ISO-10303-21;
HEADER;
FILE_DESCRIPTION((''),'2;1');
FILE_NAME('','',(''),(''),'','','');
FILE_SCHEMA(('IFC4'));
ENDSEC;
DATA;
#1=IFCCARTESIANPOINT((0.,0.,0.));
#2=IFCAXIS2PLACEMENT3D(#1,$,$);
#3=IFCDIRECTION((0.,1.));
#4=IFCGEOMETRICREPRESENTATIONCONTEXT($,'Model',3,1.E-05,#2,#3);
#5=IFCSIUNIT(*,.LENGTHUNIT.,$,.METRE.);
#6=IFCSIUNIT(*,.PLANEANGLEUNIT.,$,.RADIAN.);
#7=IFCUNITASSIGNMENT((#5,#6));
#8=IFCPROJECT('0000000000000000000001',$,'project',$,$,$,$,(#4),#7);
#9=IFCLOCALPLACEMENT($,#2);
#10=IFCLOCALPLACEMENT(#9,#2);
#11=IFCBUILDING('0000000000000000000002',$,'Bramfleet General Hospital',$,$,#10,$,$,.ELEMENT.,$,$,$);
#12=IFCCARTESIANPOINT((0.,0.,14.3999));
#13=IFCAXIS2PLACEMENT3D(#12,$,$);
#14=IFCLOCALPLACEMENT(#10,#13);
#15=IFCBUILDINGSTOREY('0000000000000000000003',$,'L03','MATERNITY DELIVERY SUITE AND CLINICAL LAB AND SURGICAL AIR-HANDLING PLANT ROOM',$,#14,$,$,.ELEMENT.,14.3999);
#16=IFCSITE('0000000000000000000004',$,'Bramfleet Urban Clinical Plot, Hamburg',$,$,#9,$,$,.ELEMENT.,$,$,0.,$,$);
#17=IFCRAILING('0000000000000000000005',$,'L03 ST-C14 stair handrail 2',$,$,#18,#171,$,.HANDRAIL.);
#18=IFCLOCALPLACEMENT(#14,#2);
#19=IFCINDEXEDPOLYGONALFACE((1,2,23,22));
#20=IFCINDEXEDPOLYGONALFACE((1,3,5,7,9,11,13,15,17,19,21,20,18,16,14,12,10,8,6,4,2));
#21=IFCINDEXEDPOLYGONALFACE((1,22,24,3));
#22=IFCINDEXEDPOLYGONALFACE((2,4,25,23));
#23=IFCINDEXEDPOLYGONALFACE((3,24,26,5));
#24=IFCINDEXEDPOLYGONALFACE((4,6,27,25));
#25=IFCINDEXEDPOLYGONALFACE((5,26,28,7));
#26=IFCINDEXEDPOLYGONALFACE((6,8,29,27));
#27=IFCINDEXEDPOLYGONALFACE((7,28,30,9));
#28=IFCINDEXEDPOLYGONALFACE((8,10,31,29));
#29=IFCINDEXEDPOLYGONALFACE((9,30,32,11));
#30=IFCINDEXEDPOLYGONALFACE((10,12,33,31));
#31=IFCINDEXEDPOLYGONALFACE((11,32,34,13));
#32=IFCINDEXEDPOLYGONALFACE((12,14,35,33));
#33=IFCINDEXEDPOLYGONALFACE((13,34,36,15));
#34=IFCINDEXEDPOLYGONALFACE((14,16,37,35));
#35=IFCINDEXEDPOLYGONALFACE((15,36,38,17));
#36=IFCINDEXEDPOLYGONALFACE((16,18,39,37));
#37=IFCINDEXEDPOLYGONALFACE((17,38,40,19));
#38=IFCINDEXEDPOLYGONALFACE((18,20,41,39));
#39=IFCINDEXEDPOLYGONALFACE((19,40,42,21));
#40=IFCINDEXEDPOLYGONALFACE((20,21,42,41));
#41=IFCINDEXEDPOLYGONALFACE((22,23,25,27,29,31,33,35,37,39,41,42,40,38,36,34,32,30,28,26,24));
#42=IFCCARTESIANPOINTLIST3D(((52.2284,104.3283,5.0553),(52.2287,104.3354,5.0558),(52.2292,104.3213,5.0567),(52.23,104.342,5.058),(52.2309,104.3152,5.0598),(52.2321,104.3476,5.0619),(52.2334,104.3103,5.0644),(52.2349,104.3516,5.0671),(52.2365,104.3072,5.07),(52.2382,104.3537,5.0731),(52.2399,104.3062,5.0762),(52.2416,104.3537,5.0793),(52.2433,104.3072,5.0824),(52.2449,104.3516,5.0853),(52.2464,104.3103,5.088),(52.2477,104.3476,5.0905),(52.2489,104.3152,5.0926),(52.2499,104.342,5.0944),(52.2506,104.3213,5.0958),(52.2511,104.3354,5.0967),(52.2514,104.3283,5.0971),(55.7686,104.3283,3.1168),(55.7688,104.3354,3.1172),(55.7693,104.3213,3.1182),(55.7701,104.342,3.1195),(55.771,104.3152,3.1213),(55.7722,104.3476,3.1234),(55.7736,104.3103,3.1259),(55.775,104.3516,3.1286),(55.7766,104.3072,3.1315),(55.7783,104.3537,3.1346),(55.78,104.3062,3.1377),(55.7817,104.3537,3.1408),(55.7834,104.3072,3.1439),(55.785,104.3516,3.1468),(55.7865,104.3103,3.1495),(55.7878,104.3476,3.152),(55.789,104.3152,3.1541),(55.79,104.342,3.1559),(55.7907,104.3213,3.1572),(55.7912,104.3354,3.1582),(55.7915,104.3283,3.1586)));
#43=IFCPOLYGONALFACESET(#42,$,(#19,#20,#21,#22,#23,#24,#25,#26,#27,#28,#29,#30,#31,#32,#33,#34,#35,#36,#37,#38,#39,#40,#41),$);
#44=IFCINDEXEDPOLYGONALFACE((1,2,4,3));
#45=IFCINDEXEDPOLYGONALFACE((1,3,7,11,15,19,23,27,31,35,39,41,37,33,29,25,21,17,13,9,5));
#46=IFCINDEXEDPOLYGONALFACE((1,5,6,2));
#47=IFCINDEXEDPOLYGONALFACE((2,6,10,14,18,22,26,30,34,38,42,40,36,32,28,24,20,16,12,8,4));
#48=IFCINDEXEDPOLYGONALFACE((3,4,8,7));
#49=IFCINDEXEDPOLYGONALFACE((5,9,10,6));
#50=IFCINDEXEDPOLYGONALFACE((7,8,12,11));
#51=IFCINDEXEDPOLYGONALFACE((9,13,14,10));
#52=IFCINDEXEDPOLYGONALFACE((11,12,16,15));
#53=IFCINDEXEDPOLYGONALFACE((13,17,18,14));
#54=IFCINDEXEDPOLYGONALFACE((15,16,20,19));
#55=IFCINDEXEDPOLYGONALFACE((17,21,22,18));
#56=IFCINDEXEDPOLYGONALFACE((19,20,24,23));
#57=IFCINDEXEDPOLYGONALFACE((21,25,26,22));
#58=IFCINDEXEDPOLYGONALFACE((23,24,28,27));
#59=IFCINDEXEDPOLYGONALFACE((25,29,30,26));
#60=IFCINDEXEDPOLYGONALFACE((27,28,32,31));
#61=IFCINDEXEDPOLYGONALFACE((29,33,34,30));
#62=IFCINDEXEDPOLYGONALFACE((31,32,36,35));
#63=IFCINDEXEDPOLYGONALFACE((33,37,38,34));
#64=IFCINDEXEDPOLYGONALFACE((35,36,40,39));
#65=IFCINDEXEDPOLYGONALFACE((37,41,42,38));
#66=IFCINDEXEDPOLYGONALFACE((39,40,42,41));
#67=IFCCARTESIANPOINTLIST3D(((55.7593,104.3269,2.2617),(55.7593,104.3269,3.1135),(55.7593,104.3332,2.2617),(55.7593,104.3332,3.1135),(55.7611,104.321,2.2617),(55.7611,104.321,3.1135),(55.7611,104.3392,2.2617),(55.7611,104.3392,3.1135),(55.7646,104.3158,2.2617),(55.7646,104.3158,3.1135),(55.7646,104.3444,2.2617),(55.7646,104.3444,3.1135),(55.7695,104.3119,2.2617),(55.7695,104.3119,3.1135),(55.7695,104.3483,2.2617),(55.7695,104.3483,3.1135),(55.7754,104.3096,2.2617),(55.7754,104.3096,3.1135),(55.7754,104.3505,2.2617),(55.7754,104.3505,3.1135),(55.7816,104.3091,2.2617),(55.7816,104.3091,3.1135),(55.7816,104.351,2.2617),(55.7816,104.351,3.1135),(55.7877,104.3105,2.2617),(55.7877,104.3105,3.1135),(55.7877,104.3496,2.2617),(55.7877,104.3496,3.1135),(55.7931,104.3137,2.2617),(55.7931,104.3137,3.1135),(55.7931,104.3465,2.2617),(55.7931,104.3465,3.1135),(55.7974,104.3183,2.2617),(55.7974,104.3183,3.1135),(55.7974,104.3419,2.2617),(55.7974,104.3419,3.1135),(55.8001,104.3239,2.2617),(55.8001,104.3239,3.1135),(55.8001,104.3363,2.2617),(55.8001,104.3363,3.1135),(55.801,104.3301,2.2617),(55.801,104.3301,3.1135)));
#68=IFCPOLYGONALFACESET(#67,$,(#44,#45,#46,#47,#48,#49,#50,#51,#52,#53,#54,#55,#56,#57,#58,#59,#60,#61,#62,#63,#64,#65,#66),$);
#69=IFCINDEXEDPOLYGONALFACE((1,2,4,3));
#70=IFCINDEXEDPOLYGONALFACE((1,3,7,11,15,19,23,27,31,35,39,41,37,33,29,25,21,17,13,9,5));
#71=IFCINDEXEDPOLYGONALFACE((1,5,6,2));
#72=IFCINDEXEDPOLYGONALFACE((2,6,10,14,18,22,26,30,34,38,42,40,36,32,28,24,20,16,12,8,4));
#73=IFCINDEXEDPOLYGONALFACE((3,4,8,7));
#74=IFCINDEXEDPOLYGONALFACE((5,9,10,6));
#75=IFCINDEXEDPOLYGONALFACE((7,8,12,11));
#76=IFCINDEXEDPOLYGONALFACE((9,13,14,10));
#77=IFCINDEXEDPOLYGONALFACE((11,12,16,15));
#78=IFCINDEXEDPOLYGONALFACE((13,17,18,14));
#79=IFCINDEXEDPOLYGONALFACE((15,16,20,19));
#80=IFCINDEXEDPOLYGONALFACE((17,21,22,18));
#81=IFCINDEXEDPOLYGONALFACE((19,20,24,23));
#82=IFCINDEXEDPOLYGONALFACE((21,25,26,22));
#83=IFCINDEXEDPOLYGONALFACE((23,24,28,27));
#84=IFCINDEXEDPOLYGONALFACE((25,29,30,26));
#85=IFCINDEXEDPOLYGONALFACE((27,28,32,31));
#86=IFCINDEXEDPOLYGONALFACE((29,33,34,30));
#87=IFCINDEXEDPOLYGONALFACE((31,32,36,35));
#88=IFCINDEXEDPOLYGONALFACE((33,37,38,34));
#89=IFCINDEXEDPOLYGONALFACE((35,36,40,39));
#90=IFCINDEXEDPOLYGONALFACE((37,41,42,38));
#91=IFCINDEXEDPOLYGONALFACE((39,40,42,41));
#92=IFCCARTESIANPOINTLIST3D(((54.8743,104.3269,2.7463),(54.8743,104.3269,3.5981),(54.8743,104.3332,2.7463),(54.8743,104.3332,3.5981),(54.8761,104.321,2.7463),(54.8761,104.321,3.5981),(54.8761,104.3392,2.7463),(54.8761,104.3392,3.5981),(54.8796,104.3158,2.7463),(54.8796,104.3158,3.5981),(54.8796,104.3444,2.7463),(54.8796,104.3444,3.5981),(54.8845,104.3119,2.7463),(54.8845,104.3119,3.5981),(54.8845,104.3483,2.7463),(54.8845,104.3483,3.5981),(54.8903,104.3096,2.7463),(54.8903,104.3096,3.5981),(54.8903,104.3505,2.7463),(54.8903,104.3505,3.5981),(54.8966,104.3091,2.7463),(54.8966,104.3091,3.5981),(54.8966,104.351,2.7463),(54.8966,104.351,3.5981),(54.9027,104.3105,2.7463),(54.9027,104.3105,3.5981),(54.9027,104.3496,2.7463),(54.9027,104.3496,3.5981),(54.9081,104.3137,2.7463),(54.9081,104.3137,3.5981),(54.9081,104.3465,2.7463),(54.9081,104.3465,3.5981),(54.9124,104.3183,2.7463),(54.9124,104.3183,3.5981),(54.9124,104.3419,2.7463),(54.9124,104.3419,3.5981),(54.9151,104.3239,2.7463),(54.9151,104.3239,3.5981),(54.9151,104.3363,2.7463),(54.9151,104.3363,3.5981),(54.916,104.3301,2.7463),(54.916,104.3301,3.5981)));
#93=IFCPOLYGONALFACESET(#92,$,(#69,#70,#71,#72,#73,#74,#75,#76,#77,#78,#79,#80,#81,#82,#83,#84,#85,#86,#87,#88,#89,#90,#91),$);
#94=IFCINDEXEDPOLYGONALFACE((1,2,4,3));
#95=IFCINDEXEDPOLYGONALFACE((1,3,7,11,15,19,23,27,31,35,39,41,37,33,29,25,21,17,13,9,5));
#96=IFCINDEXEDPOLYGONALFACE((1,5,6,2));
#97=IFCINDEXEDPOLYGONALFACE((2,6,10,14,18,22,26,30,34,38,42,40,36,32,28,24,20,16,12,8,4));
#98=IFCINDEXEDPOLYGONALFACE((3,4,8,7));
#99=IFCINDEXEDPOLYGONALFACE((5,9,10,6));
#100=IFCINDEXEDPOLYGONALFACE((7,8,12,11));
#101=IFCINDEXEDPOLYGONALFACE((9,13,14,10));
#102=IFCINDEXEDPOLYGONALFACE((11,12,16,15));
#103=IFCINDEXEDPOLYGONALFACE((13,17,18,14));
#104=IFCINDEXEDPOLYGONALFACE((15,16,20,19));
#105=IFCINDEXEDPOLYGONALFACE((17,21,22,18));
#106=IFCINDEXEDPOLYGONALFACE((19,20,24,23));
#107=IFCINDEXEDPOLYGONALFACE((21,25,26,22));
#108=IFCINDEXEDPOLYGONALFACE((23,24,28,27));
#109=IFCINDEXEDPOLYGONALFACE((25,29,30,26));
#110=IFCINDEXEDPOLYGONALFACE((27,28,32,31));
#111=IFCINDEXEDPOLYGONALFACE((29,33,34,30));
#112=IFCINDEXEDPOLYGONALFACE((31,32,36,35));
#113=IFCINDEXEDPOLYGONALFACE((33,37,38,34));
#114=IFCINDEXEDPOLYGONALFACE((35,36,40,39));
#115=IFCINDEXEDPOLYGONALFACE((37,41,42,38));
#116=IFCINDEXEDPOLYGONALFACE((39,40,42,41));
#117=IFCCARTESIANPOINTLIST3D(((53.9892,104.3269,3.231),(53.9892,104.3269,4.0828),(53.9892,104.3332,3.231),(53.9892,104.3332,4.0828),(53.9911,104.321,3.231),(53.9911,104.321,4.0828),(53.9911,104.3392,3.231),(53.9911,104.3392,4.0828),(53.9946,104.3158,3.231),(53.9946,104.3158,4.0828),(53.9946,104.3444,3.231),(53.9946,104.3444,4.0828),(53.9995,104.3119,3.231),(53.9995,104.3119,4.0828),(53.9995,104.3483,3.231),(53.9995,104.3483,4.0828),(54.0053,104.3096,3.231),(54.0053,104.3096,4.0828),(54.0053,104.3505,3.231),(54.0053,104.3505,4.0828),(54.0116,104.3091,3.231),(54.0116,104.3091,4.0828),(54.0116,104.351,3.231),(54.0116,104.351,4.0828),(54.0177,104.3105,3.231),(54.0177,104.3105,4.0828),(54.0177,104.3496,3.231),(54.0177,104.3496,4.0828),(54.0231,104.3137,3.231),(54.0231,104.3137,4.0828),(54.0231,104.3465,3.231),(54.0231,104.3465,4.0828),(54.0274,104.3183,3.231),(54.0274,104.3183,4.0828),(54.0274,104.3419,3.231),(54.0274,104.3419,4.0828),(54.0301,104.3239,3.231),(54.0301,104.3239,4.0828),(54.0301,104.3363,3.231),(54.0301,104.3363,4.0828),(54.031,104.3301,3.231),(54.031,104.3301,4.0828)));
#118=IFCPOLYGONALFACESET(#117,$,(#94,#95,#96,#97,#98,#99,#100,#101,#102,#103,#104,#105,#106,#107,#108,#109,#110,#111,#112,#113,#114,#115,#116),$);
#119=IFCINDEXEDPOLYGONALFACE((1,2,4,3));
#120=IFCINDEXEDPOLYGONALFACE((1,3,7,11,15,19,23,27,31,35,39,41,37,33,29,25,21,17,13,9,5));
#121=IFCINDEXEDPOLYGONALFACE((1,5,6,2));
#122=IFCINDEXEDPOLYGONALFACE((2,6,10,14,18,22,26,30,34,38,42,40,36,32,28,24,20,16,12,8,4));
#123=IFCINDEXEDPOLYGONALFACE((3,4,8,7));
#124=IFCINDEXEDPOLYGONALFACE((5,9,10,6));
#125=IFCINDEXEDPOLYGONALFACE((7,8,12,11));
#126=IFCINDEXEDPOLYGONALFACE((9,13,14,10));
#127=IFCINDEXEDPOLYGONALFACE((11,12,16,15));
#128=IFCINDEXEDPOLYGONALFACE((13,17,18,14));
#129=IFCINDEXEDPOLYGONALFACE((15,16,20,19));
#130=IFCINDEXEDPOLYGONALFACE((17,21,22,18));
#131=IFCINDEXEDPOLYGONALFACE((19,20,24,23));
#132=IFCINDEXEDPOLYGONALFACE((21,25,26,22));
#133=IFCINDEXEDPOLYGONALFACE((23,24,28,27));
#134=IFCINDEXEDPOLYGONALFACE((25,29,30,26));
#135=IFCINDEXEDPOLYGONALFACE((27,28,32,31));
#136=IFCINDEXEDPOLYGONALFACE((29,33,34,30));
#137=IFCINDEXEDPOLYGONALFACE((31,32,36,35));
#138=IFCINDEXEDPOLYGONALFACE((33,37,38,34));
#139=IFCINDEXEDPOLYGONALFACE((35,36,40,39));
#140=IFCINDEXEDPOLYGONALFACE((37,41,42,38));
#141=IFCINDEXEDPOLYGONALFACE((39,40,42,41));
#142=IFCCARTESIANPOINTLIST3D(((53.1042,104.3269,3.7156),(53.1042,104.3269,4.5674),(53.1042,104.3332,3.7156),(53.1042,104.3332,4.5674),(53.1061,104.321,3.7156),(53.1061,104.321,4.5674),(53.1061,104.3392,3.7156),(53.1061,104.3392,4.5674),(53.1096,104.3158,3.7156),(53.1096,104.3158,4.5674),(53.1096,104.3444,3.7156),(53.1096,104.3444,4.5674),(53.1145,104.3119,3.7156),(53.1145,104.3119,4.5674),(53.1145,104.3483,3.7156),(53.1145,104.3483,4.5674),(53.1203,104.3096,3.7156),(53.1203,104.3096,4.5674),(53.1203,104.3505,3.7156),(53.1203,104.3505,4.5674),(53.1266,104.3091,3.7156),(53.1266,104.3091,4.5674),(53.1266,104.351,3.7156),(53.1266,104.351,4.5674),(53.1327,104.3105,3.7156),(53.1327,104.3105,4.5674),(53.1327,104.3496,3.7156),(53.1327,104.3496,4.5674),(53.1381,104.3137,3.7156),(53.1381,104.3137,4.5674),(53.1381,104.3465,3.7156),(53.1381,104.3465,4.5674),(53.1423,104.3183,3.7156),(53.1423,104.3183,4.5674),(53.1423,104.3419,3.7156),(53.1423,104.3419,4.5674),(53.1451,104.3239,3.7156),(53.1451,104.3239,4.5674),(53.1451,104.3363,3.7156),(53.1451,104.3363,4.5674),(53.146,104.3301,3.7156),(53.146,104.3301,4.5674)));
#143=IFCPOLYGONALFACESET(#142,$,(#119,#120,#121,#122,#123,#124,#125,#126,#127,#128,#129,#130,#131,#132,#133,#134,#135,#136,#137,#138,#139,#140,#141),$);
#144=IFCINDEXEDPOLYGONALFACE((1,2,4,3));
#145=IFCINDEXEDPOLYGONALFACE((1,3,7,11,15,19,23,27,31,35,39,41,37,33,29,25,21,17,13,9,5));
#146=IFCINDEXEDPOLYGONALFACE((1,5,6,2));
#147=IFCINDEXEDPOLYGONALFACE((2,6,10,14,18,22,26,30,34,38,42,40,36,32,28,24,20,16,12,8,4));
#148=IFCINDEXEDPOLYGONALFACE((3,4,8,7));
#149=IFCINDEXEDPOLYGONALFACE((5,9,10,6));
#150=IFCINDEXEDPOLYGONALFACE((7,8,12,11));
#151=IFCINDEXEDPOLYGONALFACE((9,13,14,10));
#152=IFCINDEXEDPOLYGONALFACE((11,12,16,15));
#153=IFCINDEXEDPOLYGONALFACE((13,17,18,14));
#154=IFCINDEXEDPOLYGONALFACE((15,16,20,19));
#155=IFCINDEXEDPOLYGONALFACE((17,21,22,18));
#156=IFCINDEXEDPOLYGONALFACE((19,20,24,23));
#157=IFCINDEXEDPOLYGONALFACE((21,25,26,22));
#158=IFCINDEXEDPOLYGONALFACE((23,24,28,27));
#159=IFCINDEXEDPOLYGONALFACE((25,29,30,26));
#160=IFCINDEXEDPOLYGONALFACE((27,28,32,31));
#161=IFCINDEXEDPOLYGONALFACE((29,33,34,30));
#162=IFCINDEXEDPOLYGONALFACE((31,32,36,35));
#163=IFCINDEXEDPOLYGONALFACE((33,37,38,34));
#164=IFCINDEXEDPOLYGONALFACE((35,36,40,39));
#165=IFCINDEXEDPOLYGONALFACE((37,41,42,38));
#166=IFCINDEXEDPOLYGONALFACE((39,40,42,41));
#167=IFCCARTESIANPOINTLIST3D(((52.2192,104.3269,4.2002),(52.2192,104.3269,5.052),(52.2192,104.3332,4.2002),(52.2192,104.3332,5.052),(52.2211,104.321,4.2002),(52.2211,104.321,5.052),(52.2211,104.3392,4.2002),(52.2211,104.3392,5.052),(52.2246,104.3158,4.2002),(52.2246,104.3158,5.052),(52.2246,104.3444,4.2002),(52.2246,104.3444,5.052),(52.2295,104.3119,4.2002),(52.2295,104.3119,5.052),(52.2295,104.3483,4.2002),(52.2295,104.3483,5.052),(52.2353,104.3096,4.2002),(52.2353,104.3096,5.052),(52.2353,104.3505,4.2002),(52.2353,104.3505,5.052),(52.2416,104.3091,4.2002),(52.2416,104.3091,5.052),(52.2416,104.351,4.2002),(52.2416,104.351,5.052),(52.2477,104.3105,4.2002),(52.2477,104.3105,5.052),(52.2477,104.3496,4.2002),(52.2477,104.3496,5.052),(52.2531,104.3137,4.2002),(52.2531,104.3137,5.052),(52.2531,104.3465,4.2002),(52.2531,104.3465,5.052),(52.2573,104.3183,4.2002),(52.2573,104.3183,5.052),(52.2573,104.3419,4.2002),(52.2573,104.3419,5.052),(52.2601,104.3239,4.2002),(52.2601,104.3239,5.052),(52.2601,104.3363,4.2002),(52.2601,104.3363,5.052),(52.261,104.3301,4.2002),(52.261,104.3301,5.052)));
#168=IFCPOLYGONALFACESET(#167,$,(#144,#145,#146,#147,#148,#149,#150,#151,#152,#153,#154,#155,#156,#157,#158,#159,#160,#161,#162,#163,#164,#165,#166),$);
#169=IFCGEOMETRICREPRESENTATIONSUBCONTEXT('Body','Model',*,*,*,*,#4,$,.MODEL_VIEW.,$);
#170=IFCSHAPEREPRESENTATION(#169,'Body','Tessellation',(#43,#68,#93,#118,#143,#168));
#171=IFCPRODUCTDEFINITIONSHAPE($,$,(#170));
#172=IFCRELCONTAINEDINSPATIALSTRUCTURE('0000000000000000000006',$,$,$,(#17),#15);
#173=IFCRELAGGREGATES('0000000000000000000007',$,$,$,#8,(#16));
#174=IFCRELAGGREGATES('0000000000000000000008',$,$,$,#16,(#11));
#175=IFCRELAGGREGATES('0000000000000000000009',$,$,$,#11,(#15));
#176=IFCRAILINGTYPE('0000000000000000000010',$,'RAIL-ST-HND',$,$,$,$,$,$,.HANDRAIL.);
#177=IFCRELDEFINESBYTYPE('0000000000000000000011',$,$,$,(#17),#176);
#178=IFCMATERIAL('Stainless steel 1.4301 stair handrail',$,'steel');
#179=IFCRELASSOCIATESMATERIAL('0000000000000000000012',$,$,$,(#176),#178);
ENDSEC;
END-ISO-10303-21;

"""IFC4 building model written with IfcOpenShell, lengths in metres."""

from ifc_helpers import new_model, si_unit, direction, frame, origin, origin_2d, place, context, subcontext, project, spatial, circle, extrude, material, type_object, element, save


model = new_model("IFC4")

# Units and contexts
model_context = context("Model", 3, precision=1e-05, world=origin(), true_north=direction((0.0, 1.0)))
body_context = subcontext(model_context, "Body", "Model", "MODEL_VIEW")
ifc_project = project(units=[si_unit("LENGTHUNIT", "METRE"), si_unit("PLANEANGLEUNIT", "RADIAN")], contexts=[model_context])

# Site, building, storey
site_placement = place(None, origin())
site = spatial("IfcSite", under=ifc_project, at=site_placement, Name="Bramfleet Urban Clinical Plot, Hamburg", CompositionType="ELEMENT", RefElevation=0.0)
building_placement = place(site_placement, origin())
building = spatial("IfcBuilding", under=site, at=building_placement, Name="Bramfleet General Hospital", CompositionType="ELEMENT")
storey_placement = place(building_placement, frame((0.0, 0.0, 14.3999)))
storey = spatial("IfcBuildingStorey", under=building, at=storey_placement, Name="L03", Description="MATERNITY DELIVERY SUITE AND CLINICAL LAB AND SURGICAL AIR-HANDLING PLANT ROOM", CompositionType="ELEMENT", Elevation=14.3999)

# Railing
ifc_material_1 = material(Name="Stainless steel 1.4301 stair handrail", Category="steel")
railing_type_1 = type_object("IfcRailingType", Name="RAIL-ST-HND", PredefinedType="HANDRAIL", material=ifc_material_1)
railing_1_placement = place(storey_placement, frame((55.78, 104.3301, 2.2617)))
element("IfcRailing", 1, at=railing_1_placement, inside=storey, type_object=railing_type_1, Name="L03 ST-C14 stair handrail 2", PredefinedType="HANDRAIL", context=body_context, shape_type="SweptSolid", body=[
    extrude(circle(Radius=0.0239, at=origin_2d()), frame((0.0, 0.0, 0.876), z_axis=(-0.877108, 0.0, 0.480292), x_axis=(0.0, -1.0, 0.0)), (0.0, 0.0, 1.0), 4.0361),
    extrude(circle(Radius=0.021, at=origin_2d()), origin(), (0.0, 0.0, 1.0), 0.8518),
    extrude(circle(Radius=0.021, at=origin_2d()), frame((-0.885, 0.0, 0.4846)), (0.0, 0.0, 1.0), 0.8518),
    extrude(circle(Radius=0.021, at=origin_2d()), frame((-1.77, 0.0, 0.9692)), (0.0, 0.0, 1.0), 0.8518),
    extrude(circle(Radius=0.021, at=origin_2d()), frame((-2.655, 0.0, 1.4539)), (0.0, 0.0, 1.0), 0.8518),
    extrude(circle(Radius=0.021, at=origin_2d()), frame((-3.54, 0.0, 1.9385)), (0.0, 0.0, 1.0), 0.8518),
])

save(model, "model.ifc")
